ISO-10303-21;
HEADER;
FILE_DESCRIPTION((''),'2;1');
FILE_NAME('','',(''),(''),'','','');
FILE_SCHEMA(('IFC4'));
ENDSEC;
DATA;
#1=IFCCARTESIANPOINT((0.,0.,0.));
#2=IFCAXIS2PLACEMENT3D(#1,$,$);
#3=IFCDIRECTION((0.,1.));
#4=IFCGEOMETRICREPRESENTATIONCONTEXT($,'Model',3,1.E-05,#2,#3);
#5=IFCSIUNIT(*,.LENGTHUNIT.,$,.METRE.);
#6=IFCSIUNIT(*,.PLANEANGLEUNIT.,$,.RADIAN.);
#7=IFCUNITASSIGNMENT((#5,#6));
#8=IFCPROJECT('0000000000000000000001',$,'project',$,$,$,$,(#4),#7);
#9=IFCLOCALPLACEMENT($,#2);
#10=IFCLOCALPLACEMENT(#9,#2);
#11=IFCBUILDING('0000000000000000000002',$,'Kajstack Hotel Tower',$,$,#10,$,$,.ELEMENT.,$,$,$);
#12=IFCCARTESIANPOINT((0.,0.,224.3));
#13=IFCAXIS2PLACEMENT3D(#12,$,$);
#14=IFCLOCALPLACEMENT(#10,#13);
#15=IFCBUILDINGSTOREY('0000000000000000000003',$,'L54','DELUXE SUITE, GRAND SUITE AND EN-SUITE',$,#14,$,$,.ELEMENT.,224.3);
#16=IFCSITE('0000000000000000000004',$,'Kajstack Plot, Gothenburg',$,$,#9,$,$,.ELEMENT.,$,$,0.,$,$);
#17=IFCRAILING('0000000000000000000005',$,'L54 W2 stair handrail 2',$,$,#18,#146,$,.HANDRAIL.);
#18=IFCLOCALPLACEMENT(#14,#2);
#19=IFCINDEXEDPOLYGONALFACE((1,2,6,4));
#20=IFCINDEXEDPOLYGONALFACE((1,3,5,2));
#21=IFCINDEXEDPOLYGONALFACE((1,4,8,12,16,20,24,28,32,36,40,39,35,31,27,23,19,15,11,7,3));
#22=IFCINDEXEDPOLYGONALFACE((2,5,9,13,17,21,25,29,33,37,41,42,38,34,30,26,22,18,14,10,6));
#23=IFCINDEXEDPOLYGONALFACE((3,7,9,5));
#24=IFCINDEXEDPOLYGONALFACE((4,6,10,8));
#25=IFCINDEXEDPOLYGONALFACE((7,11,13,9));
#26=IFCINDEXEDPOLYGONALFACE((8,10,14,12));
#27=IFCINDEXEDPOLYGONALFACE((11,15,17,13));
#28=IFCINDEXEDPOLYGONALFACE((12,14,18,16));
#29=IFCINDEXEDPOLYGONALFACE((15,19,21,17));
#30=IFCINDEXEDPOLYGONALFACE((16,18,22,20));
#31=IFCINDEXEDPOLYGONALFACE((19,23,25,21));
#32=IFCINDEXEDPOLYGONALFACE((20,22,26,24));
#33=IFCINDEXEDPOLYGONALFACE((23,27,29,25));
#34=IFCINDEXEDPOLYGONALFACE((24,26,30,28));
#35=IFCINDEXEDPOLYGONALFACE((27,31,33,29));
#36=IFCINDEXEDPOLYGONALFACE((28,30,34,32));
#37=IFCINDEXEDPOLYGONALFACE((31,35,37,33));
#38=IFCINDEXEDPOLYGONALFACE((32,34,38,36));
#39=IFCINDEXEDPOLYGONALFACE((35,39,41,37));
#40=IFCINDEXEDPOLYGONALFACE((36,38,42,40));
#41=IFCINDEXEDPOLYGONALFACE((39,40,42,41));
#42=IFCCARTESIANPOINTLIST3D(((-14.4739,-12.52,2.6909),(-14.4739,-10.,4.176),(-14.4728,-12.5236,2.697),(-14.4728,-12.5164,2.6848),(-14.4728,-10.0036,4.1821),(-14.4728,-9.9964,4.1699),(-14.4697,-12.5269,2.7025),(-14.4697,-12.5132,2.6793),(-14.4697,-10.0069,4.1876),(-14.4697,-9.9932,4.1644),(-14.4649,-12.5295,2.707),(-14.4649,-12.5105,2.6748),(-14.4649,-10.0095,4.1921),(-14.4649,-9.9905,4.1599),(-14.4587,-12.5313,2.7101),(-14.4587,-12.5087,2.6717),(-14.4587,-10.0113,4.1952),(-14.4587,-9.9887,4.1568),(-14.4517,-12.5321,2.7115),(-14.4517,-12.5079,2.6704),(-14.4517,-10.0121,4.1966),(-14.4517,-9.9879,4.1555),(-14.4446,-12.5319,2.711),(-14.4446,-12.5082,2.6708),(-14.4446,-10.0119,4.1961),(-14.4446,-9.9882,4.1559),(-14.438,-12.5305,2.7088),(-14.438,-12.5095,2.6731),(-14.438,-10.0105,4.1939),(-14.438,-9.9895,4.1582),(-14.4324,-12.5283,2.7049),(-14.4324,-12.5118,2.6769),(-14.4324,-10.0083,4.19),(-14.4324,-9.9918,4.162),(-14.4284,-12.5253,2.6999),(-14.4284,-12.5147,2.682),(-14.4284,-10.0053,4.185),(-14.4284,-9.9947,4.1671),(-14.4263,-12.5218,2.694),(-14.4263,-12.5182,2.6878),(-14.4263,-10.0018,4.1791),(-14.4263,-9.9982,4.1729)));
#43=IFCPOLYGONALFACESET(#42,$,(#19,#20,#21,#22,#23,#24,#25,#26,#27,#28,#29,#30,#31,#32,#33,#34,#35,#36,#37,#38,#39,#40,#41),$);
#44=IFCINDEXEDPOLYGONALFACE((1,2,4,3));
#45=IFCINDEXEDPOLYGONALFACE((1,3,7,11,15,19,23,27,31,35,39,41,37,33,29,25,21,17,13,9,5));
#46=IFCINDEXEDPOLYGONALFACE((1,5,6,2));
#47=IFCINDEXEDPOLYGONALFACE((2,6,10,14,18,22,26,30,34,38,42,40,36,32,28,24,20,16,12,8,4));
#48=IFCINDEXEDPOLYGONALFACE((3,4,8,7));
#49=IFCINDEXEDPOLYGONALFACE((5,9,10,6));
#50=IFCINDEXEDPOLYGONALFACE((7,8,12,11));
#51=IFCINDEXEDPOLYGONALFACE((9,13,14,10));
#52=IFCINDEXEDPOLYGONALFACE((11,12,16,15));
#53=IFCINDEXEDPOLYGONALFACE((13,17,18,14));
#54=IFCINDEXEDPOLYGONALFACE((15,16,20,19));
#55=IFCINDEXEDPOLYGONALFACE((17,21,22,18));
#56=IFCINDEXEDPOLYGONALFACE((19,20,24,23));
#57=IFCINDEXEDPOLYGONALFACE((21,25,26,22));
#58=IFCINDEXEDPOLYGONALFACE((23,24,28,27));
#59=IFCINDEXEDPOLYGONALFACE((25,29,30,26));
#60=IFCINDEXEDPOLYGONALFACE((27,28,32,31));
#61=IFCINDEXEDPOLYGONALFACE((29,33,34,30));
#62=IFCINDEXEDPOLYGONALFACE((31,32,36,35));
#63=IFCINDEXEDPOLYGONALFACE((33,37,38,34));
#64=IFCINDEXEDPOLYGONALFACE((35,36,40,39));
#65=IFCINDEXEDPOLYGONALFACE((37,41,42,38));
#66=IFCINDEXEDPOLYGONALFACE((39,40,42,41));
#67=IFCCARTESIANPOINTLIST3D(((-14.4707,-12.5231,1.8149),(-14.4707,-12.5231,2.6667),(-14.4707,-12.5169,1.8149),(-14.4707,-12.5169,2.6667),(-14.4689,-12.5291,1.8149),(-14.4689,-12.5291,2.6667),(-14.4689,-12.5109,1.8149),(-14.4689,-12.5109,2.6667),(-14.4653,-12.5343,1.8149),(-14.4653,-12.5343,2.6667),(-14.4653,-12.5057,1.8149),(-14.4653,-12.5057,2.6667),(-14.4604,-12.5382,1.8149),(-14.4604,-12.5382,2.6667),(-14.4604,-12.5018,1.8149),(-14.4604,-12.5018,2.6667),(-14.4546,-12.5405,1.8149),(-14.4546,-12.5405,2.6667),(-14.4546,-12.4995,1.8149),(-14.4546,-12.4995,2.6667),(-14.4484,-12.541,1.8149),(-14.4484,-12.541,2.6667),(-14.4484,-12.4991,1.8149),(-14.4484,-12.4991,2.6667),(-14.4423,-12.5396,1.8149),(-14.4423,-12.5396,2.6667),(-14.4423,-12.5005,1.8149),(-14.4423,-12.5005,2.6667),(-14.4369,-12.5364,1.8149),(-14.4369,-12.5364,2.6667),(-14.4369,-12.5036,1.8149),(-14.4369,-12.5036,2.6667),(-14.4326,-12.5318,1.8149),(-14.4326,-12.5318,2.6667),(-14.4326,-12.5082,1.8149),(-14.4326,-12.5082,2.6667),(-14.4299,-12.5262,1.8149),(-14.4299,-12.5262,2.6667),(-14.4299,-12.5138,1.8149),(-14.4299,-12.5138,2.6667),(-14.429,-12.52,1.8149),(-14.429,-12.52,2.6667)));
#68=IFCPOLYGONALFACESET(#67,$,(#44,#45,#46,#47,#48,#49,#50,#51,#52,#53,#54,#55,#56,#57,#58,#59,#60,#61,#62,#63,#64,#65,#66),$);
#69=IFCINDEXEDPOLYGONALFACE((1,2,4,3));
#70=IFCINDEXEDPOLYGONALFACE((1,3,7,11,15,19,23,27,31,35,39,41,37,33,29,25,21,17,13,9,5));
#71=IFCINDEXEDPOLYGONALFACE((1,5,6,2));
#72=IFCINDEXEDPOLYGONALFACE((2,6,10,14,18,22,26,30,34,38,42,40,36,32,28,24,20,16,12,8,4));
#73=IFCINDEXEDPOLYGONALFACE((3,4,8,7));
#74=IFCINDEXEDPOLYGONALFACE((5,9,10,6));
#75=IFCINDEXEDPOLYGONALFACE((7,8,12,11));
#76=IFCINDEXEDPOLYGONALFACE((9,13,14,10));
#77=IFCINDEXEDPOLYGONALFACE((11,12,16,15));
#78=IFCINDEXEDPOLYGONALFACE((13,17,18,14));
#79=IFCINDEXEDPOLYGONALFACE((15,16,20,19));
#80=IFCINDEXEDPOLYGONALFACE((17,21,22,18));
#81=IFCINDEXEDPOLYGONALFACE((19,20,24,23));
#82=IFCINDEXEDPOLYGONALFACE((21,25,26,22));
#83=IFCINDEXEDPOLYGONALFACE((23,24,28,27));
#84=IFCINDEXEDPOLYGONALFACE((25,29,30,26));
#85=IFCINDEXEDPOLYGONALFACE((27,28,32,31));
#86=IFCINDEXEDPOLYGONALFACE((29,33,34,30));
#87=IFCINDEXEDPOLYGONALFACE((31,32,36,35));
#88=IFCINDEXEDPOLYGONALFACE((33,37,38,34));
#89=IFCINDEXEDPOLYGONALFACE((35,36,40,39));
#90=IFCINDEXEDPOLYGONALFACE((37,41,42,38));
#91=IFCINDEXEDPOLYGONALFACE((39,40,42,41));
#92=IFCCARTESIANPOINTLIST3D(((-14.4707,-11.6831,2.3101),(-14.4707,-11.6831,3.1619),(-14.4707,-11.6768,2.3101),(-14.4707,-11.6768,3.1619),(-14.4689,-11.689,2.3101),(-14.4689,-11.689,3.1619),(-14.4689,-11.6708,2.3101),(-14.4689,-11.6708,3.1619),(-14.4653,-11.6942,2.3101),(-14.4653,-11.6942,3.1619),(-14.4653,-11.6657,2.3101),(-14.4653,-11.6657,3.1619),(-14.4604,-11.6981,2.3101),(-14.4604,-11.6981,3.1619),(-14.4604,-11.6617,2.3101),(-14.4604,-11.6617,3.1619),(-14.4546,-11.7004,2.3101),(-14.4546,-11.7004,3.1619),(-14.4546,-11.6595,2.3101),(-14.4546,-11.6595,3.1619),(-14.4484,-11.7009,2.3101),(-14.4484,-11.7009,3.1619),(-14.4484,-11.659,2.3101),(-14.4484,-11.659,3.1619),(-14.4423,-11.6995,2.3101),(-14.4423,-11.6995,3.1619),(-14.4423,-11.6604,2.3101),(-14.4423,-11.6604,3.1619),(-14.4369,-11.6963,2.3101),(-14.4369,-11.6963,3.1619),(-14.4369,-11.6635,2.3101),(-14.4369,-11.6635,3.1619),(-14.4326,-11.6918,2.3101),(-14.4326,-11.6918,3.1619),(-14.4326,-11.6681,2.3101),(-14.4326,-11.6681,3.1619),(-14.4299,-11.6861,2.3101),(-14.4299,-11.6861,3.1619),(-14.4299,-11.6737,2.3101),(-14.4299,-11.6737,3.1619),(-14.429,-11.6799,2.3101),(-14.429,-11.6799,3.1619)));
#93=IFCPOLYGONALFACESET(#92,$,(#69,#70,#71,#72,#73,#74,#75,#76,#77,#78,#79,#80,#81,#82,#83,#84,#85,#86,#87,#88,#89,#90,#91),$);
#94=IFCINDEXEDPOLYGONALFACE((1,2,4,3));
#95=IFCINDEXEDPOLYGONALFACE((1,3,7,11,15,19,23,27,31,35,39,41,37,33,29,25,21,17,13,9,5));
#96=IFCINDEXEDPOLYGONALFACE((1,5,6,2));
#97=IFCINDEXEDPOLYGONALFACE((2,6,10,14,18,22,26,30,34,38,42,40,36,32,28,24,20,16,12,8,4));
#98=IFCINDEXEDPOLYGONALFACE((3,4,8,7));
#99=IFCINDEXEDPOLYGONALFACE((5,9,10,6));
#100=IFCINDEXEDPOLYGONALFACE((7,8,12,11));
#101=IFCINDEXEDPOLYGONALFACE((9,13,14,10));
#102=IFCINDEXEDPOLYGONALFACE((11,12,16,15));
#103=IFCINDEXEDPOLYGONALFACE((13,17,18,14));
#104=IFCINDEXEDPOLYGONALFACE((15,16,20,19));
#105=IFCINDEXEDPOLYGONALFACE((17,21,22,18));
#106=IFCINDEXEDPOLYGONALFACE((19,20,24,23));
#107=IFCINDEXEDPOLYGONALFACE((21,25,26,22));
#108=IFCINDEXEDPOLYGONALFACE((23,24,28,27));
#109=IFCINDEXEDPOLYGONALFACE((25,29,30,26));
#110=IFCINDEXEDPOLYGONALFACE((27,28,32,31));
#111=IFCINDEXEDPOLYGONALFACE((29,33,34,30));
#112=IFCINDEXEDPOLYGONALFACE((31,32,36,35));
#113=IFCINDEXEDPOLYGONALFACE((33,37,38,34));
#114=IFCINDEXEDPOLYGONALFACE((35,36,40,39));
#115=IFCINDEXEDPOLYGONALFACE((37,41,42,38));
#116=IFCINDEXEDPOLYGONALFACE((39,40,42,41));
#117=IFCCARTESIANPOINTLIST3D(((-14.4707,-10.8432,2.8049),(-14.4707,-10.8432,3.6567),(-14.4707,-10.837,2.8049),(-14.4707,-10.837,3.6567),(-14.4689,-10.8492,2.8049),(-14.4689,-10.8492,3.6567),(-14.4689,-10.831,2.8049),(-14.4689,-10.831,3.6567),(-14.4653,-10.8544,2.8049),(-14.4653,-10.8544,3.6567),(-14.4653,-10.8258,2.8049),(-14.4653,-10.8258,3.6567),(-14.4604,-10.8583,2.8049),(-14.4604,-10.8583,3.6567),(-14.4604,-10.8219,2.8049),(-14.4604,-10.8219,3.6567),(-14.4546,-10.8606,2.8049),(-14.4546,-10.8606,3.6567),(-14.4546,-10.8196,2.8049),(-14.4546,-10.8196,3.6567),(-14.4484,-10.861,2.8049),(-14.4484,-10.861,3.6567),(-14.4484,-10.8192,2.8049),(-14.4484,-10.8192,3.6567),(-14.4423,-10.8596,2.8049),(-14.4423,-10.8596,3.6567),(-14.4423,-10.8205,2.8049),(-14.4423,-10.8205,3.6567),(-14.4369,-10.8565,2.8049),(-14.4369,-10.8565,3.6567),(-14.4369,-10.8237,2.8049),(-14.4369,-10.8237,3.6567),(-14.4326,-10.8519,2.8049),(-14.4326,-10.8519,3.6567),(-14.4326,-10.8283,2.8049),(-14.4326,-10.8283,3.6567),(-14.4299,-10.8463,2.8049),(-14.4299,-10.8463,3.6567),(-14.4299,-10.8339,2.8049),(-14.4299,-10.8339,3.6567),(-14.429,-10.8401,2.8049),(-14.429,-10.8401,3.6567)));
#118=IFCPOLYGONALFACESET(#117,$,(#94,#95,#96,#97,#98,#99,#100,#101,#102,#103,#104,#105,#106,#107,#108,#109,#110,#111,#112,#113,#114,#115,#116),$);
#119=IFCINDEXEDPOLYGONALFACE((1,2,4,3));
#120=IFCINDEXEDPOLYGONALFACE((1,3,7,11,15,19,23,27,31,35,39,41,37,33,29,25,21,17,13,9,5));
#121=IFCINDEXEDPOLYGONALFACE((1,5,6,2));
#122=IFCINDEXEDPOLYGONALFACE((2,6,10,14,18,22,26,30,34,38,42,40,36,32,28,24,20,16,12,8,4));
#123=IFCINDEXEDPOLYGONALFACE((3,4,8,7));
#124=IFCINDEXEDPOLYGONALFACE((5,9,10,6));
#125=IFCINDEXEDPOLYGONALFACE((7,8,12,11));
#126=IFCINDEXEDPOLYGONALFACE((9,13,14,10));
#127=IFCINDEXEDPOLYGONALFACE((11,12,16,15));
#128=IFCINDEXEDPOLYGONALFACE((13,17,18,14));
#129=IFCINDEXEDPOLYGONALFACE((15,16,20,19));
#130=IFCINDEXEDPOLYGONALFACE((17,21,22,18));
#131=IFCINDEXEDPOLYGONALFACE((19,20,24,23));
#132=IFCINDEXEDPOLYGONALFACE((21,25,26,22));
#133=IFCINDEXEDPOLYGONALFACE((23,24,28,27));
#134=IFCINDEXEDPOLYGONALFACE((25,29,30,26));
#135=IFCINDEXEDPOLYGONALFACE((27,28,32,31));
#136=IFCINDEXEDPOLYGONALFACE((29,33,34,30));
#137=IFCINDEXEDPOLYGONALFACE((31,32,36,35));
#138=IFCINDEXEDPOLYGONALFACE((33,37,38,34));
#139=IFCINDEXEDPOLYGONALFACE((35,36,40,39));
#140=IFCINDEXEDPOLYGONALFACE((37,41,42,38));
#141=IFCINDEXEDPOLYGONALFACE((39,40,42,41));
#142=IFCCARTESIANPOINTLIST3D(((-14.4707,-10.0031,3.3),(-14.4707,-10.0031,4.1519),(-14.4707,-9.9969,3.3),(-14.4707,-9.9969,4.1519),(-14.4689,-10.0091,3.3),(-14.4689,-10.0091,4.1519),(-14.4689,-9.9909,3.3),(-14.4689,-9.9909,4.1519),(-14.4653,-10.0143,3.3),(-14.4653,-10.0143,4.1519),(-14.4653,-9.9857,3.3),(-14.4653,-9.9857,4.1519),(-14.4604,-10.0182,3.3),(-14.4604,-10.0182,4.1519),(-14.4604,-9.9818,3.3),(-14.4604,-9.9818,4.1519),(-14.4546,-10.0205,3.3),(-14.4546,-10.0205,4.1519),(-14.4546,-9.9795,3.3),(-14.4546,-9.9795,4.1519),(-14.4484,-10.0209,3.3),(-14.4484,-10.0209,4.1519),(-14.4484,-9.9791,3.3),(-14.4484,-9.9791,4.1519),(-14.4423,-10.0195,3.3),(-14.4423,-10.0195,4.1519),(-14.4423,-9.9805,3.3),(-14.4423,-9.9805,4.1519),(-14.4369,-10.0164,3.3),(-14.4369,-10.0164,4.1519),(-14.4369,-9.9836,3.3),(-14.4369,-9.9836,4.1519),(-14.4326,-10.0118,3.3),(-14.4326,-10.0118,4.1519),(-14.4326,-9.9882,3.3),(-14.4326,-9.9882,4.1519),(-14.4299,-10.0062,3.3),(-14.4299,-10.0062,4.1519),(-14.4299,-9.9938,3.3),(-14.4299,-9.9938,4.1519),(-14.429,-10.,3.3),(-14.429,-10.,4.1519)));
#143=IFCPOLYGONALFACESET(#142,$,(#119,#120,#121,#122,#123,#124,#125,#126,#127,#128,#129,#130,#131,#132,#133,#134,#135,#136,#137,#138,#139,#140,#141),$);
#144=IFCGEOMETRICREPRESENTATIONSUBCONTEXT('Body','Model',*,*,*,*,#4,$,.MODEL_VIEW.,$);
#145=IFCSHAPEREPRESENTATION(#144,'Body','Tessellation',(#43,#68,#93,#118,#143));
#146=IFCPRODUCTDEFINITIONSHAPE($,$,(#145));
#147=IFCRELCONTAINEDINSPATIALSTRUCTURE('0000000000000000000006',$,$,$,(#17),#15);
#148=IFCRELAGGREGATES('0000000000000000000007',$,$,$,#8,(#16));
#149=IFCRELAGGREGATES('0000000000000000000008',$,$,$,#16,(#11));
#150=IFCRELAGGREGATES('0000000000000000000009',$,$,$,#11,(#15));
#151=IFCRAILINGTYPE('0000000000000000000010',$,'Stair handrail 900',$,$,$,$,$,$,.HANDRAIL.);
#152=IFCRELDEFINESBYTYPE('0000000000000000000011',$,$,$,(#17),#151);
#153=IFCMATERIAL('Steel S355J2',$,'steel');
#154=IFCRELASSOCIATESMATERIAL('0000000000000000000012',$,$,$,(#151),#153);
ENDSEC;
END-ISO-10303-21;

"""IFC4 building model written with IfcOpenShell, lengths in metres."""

from ifc_helpers import new_model, si_unit, direction, frame, origin, origin_2d, place, context, subcontext, project, spatial, circle, extrude, material, type_object, element, save


model = new_model("IFC4")

# Units and contexts
model_context = context("Model", 3, precision=1e-05, world=origin(), true_north=direction((0.0, 1.0)))
body_context = subcontext(model_context, "Body", "Model", "MODEL_VIEW")
ifc_project = project(units=[si_unit("LENGTHUNIT", "METRE"), si_unit("PLANEANGLEUNIT", "RADIAN")], contexts=[model_context])

# Site, building, storey
site_placement = place(None, origin())
site = spatial("IfcSite", under=ifc_project, at=site_placement, Name="Kajstack Plot, Gothenburg", CompositionType="ELEMENT", RefElevation=0.0)
building_placement = place(site_placement, origin())
building = spatial("IfcBuilding", under=site, at=building_placement, Name="Kajstack Hotel Tower", CompositionType="ELEMENT")
storey_placement = place(building_placement, frame((0.0, 0.0, 224.3)))
storey = spatial("IfcBuildingStorey", under=building, at=storey_placement, Name="L54", Description="DELUXE SUITE, GRAND SUITE AND EN-SUITE", CompositionType="ELEMENT", Elevation=224.3)

# Railing
ifc_material_1 = material(Name="Steel S355J2", Category="steel")
railing_type = type_object("IfcRailingType", Name="Stair handrail 900", PredefinedType="HANDRAIL", material=ifc_material_1)
railing_placement = place(storey_placement, frame((-14.45, -12.52, 1.8149)))
element("IfcRailing", 1, at=railing_placement, inside=storey, type_object=railing_type, Name="L54 W2 stair handrail 2", PredefinedType="HANDRAIL", context=body_context, shape_type="SweptSolid", body=[
    extrude(circle(Radius=0.0239, at=origin_2d()), frame((0.0, 0.0, 0.876), z_axis=(0.0, 0.861524, 0.507717), x_axis=(-1.0, 0.0, 0.0)), (0.0, 0.0, 1.0), 2.925),
    extrude(circle(Radius=0.021, at=origin_2d()), origin(), (0.0, 0.0, 1.0), 0.8518),
    extrude(circle(Radius=0.021, at=origin_2d()), frame((0.0, 0.8401, 0.4951)), (0.0, 0.0, 1.0), 0.8518),
    extrude(circle(Radius=0.021, at=origin_2d()), frame((0.0, 1.6799, 0.99)), (0.0, 0.0, 1.0), 0.8518),
    extrude(circle(Radius=0.021, at=origin_2d()), frame((0.0, 2.52, 1.4851)), (0.0, 0.0, 1.0), 0.8518),
])

save(model, "model.ifc")
